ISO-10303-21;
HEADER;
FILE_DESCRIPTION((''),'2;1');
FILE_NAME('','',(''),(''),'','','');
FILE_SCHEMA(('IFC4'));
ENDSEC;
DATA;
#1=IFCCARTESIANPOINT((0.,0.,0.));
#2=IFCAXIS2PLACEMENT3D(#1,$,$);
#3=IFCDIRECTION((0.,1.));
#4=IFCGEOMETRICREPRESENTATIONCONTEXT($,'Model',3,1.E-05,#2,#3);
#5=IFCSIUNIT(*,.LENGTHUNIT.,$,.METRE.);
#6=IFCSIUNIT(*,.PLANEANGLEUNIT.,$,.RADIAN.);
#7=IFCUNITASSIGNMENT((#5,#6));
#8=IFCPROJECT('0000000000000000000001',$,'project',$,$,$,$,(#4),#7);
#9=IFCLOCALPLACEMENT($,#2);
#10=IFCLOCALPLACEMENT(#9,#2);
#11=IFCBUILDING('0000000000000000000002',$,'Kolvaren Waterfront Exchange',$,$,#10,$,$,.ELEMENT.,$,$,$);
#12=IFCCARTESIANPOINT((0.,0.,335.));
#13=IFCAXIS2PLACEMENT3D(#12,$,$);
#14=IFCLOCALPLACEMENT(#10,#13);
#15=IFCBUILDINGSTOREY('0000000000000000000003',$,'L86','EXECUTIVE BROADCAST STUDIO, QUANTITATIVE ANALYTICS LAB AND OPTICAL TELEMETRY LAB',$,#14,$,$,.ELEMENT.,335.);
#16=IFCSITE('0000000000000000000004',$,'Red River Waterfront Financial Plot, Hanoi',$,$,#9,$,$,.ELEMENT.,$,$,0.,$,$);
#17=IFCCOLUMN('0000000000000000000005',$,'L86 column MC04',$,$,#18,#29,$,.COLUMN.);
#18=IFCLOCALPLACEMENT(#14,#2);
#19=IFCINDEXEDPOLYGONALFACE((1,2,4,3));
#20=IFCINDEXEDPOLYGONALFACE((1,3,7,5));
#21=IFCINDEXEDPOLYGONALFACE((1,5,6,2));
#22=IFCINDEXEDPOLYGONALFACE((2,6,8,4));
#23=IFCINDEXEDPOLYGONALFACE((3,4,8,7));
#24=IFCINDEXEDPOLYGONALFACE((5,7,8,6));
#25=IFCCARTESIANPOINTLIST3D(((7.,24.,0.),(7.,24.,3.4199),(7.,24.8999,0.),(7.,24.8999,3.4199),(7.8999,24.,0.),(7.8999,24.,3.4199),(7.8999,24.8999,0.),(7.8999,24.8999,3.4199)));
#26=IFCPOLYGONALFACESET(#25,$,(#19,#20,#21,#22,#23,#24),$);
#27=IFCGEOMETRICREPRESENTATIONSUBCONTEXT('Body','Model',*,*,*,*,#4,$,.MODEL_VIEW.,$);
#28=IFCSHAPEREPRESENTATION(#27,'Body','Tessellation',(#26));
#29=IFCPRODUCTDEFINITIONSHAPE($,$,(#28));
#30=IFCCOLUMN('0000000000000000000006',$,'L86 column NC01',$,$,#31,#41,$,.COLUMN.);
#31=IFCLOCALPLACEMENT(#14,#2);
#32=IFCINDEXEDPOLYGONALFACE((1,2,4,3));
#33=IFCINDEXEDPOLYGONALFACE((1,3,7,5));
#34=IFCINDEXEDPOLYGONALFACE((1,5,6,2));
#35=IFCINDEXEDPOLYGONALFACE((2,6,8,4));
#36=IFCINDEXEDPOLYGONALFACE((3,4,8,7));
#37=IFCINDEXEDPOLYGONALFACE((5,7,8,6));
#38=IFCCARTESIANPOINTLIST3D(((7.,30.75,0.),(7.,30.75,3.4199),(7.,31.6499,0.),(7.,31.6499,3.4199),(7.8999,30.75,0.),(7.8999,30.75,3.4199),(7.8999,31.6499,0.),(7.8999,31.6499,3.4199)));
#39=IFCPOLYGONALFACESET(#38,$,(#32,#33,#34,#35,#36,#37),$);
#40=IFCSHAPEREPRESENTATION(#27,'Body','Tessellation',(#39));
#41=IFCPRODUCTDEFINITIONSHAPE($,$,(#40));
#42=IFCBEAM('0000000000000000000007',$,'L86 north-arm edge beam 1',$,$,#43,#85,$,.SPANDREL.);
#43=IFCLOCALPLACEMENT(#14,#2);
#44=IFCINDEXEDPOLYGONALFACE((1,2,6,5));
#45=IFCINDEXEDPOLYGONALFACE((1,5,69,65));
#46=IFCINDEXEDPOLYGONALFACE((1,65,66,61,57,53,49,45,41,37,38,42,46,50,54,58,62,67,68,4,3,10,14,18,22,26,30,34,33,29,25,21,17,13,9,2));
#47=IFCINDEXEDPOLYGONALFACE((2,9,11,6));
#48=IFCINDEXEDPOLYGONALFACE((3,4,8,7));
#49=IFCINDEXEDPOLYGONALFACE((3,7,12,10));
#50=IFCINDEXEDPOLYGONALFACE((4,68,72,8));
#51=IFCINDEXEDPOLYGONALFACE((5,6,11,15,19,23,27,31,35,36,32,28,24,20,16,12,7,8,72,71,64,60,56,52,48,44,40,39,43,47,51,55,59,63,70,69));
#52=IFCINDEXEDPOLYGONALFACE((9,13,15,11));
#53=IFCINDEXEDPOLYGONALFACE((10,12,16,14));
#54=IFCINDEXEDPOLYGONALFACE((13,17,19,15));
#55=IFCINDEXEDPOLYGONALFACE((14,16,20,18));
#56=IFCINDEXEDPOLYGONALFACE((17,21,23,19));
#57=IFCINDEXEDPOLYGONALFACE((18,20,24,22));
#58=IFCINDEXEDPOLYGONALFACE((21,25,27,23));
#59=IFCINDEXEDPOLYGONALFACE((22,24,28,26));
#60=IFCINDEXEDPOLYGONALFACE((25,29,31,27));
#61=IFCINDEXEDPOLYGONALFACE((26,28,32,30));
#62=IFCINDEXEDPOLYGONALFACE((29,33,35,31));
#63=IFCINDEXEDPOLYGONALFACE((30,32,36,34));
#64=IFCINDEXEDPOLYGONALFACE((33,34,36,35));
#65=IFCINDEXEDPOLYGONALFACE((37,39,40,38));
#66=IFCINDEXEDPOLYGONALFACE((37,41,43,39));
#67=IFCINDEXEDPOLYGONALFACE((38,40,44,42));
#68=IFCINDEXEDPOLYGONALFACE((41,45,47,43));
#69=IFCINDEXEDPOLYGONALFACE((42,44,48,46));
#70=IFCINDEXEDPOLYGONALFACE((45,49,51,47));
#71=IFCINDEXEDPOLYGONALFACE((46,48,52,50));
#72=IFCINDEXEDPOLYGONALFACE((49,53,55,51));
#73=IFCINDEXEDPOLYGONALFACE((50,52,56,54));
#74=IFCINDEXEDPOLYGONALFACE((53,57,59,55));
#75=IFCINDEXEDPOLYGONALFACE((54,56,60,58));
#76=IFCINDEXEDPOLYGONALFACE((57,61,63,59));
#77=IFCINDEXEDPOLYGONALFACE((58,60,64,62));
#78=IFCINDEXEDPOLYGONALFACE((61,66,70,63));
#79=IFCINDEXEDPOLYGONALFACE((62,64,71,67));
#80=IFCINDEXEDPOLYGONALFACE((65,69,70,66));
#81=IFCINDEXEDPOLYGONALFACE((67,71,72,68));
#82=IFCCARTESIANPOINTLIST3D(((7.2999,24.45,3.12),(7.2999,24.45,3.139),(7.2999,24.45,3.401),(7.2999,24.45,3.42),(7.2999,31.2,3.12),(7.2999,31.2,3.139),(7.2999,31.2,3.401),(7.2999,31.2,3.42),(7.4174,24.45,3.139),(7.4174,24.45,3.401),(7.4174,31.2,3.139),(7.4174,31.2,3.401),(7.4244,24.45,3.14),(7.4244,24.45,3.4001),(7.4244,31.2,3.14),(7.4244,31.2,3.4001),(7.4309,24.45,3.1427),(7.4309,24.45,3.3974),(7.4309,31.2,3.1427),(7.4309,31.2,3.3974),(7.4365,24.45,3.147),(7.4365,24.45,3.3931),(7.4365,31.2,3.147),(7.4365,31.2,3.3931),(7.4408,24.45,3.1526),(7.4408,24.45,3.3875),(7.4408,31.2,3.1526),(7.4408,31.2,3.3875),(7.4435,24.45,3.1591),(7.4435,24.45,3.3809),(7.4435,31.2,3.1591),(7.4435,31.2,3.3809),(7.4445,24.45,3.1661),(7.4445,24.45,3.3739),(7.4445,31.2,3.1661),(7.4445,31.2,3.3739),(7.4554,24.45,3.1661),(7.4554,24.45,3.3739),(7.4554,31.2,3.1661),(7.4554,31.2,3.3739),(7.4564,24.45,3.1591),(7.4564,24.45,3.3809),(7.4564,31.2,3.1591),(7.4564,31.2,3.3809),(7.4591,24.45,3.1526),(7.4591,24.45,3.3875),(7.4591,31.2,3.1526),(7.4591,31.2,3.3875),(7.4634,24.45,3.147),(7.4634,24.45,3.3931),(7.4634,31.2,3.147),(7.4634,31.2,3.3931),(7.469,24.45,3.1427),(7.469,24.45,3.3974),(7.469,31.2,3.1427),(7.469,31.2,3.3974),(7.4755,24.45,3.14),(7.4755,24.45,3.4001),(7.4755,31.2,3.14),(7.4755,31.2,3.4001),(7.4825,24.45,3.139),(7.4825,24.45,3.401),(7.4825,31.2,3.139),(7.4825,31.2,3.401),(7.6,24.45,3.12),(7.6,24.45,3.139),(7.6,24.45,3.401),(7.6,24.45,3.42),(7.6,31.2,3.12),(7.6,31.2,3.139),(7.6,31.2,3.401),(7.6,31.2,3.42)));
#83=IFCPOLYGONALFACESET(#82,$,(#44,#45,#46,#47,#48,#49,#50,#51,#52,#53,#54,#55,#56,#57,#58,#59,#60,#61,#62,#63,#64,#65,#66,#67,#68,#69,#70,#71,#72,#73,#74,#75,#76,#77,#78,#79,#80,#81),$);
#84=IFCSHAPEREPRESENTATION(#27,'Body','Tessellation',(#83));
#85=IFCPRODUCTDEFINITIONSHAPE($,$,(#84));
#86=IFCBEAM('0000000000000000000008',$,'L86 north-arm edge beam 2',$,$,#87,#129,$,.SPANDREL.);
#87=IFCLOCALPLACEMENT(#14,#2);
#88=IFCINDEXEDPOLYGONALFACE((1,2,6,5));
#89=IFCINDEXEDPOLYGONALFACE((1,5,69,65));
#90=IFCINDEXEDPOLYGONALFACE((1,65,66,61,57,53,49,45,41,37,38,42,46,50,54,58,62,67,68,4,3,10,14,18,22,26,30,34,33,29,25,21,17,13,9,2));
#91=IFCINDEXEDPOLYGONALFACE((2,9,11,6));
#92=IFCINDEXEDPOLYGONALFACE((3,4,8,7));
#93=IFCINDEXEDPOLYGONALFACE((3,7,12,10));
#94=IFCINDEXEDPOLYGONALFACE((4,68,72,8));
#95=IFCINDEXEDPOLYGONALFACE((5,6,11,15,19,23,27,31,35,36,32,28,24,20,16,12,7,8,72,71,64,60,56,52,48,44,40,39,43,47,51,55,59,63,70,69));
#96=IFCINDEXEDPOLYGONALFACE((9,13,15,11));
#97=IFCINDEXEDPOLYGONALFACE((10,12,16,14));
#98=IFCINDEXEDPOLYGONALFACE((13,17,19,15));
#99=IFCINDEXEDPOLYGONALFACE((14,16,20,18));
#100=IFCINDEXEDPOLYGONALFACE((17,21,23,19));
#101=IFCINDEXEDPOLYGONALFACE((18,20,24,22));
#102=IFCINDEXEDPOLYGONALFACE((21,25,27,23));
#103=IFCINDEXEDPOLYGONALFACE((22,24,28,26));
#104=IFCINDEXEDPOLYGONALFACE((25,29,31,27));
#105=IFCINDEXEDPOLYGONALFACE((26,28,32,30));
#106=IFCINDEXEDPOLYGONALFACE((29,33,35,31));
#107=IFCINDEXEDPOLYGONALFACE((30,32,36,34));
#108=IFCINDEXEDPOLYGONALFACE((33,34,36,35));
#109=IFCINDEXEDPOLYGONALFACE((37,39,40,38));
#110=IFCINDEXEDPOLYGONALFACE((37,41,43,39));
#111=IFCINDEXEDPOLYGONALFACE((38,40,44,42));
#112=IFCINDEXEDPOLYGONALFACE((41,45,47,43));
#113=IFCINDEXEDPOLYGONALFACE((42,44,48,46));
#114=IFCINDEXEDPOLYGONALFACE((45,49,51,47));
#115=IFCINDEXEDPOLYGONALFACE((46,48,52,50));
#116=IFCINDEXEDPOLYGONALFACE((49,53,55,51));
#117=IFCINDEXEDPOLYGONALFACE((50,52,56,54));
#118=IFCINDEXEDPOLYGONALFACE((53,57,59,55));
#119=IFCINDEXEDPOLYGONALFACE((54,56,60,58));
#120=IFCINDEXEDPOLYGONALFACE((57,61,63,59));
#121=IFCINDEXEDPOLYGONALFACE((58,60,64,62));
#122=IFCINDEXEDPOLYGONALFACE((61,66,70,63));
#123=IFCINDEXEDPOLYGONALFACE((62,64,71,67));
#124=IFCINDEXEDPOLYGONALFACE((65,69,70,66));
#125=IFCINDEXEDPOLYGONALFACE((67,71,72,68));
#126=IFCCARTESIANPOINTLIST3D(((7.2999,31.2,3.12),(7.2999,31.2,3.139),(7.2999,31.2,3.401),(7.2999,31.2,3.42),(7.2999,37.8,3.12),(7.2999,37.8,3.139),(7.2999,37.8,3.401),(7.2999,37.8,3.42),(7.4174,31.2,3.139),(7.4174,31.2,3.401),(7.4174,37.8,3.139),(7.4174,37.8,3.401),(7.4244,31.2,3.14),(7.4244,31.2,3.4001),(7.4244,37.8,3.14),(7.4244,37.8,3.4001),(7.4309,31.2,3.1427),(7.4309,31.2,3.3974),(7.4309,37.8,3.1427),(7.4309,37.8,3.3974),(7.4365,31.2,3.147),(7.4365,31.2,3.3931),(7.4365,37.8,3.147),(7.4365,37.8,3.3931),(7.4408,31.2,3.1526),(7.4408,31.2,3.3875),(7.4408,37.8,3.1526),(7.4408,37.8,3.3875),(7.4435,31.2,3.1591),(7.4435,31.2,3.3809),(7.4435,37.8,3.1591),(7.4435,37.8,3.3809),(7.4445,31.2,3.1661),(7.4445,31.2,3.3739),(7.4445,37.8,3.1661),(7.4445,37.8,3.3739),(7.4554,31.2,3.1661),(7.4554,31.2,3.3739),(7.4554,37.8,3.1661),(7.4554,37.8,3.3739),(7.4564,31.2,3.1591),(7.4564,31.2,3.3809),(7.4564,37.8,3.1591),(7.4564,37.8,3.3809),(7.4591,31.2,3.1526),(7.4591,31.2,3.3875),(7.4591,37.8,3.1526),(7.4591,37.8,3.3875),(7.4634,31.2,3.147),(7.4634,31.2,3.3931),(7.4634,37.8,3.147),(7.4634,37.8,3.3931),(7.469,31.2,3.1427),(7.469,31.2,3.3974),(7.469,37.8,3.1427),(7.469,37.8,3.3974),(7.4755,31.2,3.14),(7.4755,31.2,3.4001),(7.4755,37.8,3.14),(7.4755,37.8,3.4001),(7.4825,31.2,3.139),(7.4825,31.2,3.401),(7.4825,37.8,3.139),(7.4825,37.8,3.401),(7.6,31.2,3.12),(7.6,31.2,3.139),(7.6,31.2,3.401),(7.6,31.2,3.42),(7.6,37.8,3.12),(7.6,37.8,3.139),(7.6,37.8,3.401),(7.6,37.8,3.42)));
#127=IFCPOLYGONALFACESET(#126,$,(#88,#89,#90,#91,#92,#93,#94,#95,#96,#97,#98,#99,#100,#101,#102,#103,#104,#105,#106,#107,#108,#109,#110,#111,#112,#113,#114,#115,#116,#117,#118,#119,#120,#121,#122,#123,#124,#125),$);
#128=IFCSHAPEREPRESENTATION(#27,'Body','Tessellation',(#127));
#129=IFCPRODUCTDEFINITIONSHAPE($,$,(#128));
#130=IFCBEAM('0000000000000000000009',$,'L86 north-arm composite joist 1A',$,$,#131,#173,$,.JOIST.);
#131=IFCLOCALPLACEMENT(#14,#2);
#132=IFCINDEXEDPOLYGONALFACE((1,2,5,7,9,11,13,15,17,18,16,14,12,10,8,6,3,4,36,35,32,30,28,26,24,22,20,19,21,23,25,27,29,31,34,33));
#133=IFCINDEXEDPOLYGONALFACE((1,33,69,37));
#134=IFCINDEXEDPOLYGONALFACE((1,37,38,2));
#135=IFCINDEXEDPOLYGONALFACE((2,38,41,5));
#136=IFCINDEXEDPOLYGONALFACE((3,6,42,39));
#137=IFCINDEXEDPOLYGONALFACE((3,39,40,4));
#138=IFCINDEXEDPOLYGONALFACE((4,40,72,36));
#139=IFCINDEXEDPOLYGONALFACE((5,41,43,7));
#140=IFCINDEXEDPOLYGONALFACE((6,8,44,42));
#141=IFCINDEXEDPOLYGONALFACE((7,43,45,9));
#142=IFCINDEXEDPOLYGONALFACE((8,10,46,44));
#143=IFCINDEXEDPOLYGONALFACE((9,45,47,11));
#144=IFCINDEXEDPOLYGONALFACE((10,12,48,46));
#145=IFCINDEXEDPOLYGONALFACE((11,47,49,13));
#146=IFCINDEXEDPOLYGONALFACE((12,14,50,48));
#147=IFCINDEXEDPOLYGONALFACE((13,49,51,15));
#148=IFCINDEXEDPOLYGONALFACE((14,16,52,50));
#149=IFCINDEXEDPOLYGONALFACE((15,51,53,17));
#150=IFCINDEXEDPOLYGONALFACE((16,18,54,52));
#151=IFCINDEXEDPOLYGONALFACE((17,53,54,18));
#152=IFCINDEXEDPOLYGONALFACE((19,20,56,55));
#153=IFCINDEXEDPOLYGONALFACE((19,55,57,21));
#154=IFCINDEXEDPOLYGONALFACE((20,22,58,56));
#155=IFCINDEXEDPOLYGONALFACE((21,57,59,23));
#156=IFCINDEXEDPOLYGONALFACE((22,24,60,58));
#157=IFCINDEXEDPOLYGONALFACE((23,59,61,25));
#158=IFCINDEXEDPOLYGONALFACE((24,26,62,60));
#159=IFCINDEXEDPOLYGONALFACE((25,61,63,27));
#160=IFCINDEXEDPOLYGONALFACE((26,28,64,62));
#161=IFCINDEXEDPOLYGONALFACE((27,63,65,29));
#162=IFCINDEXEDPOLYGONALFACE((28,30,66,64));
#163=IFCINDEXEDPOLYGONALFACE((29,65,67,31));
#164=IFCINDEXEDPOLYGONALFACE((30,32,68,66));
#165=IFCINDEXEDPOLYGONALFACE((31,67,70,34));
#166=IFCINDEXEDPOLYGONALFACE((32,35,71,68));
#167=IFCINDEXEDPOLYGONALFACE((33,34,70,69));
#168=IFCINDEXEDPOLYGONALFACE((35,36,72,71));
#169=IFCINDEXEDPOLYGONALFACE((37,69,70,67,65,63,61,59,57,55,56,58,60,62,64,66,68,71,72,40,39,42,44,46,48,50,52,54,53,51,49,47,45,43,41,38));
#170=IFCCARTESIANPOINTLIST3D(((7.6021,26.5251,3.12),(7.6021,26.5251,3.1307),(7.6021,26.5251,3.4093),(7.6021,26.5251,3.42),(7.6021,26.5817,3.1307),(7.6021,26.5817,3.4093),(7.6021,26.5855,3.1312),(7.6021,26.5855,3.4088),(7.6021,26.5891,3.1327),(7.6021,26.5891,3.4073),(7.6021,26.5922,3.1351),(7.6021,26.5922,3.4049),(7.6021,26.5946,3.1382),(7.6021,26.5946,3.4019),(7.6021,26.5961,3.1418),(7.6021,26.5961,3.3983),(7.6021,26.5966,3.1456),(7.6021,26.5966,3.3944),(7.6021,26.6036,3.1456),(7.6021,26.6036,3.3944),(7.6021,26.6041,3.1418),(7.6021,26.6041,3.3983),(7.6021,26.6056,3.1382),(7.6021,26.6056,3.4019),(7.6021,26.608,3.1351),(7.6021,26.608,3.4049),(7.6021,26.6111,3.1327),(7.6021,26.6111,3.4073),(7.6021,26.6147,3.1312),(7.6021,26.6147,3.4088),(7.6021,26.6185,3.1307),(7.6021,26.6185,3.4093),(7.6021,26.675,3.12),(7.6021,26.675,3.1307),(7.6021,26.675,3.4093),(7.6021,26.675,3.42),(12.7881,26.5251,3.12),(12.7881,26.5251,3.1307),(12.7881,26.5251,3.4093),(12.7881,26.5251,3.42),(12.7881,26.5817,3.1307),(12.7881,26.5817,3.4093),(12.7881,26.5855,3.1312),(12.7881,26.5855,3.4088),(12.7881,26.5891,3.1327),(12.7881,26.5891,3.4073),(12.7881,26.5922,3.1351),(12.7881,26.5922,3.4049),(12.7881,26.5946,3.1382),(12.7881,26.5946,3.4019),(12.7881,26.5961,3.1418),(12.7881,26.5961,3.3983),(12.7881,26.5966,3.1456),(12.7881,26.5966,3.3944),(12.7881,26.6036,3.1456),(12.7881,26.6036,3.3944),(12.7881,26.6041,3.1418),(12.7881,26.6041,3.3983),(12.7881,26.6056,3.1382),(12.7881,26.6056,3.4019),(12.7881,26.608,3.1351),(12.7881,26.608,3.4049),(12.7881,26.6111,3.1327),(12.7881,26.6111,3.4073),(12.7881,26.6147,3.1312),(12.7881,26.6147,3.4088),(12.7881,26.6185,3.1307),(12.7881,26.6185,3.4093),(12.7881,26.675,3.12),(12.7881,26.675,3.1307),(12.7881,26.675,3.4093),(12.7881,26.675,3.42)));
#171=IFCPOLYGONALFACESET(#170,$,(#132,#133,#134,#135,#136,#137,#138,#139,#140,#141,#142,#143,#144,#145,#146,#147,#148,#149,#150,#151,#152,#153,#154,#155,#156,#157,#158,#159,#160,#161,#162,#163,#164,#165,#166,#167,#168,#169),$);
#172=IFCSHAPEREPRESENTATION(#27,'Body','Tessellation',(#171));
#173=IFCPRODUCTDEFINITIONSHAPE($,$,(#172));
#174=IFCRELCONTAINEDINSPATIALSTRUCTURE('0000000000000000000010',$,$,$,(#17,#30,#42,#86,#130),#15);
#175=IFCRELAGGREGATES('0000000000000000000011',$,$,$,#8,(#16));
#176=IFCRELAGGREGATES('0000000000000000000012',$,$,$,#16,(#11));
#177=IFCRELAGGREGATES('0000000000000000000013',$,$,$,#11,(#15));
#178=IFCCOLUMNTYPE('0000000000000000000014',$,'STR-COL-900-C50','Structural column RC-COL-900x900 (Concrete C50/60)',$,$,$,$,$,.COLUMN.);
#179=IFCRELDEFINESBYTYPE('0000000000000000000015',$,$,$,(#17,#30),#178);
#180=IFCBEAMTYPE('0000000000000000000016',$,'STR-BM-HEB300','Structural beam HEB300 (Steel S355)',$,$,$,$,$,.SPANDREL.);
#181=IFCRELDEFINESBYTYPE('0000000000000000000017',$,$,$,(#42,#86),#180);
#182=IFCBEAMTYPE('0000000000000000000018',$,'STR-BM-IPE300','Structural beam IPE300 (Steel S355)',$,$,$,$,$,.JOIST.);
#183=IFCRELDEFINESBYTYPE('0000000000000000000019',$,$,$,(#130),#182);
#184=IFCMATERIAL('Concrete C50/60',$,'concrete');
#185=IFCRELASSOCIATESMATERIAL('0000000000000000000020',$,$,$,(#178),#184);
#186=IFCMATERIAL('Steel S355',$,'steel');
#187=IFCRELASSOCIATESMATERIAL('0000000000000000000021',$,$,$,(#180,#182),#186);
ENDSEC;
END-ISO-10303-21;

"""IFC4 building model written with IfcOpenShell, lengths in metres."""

from ifc_helpers import new_model, si_unit, direction, frame, origin, origin_2d, place, context, subcontext, project, spatial, rectangle, i_section, extrude, material, material_profile, profile_set, type_object, element, save


model = new_model("IFC4")

# Units and contexts
model_context = context("Model", 3, precision=1e-05, world=origin(), true_north=direction((0.0, 1.0)))
body_context = subcontext(model_context, "Body", "Model", "MODEL_VIEW")
ifc_project = project(units=[si_unit("LENGTHUNIT", "METRE"), si_unit("PLANEANGLEUNIT", "RADIAN")], contexts=[model_context])

# Site, building, storey
site_placement = place(None, origin())
site = spatial("IfcSite", under=ifc_project, at=site_placement, Name="Red River Waterfront Financial Plot, Hanoi", CompositionType="ELEMENT", RefElevation=0.0)
building_placement = place(site_placement, origin())
building = spatial("IfcBuilding", under=site, at=building_placement, Name="Kolvaren Waterfront Exchange", CompositionType="ELEMENT")
storey_placement = place(building_placement, frame((0.0, 0.0, 335.0)))
storey = spatial("IfcBuildingStorey", under=building, at=storey_placement, Name="L86", Description="EXECUTIVE BROADCAST STUDIO, QUANTITATIVE ANALYTICS LAB AND OPTICAL TELEMETRY LAB", CompositionType="ELEMENT", Elevation=335.0)

# Columns
ifc_material_1 = material(Name="Concrete C50/60", Category="concrete")
ifc_material_profile_1 = material_profile(ifc_material_1, rectangle(XDim=0.8999, YDim=0.8999, at=origin_2d()), Name="RC-COL-900x900")
ifc_profile_set_1 = profile_set([ifc_material_profile_1], Name="Concrete C50/60")
column_type = type_object("IfcColumnType", Name="STR-COL-900-C50", Description="Structural column RC-COL-900x900 (Concrete C50/60)", PredefinedType="COLUMN", material=ifc_profile_set_1)
for number, where, z_axis, x_axis, name in (
    (1, (7.45, 24.45, 0.0), (0.0, 0.0, 1.0), (1.0, 0.0, 0.0), "L86 column MC04"),
    (2, (7.45, 31.2, 0.0), (0.0, 0.0, 1.0), (1.0, 0.0, 0.0), "L86 column NC01"),
):
    element("IfcColumn", number, at=place(storey_placement, frame(where, z_axis=z_axis, x_axis=x_axis)), inside=storey, type_object=column_type, Name=name, PredefinedType="COLUMN", context=body_context, shape_type="SweptSolid", body=[
        extrude(rectangle(XDim=0.8999, YDim=0.8999, at=origin_2d()), origin(), (0.0, 0.0, 1.0), 3.4199),
    ])

# Beams
ifc_material_2 = material(Name="Steel S355", Category="steel")
ifc_material_profile_2 = material_profile(ifc_material_2, i_section(OverallWidth=0.3, OverallDepth=0.3, WebThickness=0.011, FlangeThickness=0.019, FilletRadius=0.0271, at=origin_2d()), Name="HEB300")
ifc_profile_set_2 = profile_set([ifc_material_profile_2], Name="Steel S355")
beam_type_1 = type_object("IfcBeamType", Name="STR-BM-HEB300", Description="Structural beam HEB300 (Steel S355)", PredefinedType="SPANDREL", material=ifc_profile_set_2)
beam_1_placement = place(storey_placement, frame((7.45, 24.45, 3.27), z_axis=(0.0, 1.0, 0.0), x_axis=(-1.0, 0.0, 0.0)))
element("IfcBeam", 3, at=beam_1_placement, inside=storey, type_object=beam_type_1, Name="L86 north-arm edge beam 1", PredefinedType="SPANDREL", context=body_context, shape_type="SweptSolid", body=[
    extrude(i_section(OverallWidth=0.3, OverallDepth=0.3, WebThickness=0.011, FlangeThickness=0.019, FilletRadius=0.0271, at=origin_2d()), origin(), (0.0, 0.0, 1.0), 6.75),
])
beam_2_placement = place(storey_placement, frame((7.45, 31.2, 3.27), z_axis=(0.0, 1.0, 0.0), x_axis=(-1.0, 0.0, 0.0)))
element("IfcBeam", 4, at=beam_2_placement, inside=storey, type_object=beam_type_1, Name="L86 north-arm edge beam 2", PredefinedType="SPANDREL", context=body_context, shape_type="SweptSolid", body=[
    extrude(i_section(OverallWidth=0.3, OverallDepth=0.3, WebThickness=0.011, FlangeThickness=0.019, FilletRadius=0.0271, at=origin_2d()), origin(), (0.0, 0.0, 1.0), 6.6001),
])
ifc_material_profile_3 = material_profile(ifc_material_2, i_section(OverallWidth=0.1499, OverallDepth=0.3, WebThickness=0.0071, FlangeThickness=0.0107, FilletRadius=0.0149, at=origin_2d()), Name="IPE300")
ifc_profile_set_3 = profile_set([ifc_material_profile_3], Name="Steel S355")
beam_type_2 = type_object("IfcBeamType", Name="STR-BM-IPE300", Description="Structural beam IPE300 (Steel S355)", PredefinedType="JOIST", material=ifc_profile_set_3)
for number, where, z_axis, x_axis, name in (
    (5, (7.6021, 26.6001, 3.27), (1.0, 0.0, 0.0), (0.0, 1.0, 0.0), "L86 north-arm composite joist 1A"),
):
    element("IfcBeam", number, at=place(storey_placement, frame(where, z_axis=z_axis, x_axis=x_axis)), inside=storey, type_object=beam_type_2, Name=name, PredefinedType="JOIST", context=body_context, shape_type="SweptSolid", body=[
        extrude(i_section(OverallWidth=0.1499, OverallDepth=0.3, WebThickness=0.0071, FlangeThickness=0.0107, FilletRadius=0.0149, at=origin_2d()), origin(), (0.0, 0.0, 1.0), 5.186),
    ])

save(model, "model.ifc")
